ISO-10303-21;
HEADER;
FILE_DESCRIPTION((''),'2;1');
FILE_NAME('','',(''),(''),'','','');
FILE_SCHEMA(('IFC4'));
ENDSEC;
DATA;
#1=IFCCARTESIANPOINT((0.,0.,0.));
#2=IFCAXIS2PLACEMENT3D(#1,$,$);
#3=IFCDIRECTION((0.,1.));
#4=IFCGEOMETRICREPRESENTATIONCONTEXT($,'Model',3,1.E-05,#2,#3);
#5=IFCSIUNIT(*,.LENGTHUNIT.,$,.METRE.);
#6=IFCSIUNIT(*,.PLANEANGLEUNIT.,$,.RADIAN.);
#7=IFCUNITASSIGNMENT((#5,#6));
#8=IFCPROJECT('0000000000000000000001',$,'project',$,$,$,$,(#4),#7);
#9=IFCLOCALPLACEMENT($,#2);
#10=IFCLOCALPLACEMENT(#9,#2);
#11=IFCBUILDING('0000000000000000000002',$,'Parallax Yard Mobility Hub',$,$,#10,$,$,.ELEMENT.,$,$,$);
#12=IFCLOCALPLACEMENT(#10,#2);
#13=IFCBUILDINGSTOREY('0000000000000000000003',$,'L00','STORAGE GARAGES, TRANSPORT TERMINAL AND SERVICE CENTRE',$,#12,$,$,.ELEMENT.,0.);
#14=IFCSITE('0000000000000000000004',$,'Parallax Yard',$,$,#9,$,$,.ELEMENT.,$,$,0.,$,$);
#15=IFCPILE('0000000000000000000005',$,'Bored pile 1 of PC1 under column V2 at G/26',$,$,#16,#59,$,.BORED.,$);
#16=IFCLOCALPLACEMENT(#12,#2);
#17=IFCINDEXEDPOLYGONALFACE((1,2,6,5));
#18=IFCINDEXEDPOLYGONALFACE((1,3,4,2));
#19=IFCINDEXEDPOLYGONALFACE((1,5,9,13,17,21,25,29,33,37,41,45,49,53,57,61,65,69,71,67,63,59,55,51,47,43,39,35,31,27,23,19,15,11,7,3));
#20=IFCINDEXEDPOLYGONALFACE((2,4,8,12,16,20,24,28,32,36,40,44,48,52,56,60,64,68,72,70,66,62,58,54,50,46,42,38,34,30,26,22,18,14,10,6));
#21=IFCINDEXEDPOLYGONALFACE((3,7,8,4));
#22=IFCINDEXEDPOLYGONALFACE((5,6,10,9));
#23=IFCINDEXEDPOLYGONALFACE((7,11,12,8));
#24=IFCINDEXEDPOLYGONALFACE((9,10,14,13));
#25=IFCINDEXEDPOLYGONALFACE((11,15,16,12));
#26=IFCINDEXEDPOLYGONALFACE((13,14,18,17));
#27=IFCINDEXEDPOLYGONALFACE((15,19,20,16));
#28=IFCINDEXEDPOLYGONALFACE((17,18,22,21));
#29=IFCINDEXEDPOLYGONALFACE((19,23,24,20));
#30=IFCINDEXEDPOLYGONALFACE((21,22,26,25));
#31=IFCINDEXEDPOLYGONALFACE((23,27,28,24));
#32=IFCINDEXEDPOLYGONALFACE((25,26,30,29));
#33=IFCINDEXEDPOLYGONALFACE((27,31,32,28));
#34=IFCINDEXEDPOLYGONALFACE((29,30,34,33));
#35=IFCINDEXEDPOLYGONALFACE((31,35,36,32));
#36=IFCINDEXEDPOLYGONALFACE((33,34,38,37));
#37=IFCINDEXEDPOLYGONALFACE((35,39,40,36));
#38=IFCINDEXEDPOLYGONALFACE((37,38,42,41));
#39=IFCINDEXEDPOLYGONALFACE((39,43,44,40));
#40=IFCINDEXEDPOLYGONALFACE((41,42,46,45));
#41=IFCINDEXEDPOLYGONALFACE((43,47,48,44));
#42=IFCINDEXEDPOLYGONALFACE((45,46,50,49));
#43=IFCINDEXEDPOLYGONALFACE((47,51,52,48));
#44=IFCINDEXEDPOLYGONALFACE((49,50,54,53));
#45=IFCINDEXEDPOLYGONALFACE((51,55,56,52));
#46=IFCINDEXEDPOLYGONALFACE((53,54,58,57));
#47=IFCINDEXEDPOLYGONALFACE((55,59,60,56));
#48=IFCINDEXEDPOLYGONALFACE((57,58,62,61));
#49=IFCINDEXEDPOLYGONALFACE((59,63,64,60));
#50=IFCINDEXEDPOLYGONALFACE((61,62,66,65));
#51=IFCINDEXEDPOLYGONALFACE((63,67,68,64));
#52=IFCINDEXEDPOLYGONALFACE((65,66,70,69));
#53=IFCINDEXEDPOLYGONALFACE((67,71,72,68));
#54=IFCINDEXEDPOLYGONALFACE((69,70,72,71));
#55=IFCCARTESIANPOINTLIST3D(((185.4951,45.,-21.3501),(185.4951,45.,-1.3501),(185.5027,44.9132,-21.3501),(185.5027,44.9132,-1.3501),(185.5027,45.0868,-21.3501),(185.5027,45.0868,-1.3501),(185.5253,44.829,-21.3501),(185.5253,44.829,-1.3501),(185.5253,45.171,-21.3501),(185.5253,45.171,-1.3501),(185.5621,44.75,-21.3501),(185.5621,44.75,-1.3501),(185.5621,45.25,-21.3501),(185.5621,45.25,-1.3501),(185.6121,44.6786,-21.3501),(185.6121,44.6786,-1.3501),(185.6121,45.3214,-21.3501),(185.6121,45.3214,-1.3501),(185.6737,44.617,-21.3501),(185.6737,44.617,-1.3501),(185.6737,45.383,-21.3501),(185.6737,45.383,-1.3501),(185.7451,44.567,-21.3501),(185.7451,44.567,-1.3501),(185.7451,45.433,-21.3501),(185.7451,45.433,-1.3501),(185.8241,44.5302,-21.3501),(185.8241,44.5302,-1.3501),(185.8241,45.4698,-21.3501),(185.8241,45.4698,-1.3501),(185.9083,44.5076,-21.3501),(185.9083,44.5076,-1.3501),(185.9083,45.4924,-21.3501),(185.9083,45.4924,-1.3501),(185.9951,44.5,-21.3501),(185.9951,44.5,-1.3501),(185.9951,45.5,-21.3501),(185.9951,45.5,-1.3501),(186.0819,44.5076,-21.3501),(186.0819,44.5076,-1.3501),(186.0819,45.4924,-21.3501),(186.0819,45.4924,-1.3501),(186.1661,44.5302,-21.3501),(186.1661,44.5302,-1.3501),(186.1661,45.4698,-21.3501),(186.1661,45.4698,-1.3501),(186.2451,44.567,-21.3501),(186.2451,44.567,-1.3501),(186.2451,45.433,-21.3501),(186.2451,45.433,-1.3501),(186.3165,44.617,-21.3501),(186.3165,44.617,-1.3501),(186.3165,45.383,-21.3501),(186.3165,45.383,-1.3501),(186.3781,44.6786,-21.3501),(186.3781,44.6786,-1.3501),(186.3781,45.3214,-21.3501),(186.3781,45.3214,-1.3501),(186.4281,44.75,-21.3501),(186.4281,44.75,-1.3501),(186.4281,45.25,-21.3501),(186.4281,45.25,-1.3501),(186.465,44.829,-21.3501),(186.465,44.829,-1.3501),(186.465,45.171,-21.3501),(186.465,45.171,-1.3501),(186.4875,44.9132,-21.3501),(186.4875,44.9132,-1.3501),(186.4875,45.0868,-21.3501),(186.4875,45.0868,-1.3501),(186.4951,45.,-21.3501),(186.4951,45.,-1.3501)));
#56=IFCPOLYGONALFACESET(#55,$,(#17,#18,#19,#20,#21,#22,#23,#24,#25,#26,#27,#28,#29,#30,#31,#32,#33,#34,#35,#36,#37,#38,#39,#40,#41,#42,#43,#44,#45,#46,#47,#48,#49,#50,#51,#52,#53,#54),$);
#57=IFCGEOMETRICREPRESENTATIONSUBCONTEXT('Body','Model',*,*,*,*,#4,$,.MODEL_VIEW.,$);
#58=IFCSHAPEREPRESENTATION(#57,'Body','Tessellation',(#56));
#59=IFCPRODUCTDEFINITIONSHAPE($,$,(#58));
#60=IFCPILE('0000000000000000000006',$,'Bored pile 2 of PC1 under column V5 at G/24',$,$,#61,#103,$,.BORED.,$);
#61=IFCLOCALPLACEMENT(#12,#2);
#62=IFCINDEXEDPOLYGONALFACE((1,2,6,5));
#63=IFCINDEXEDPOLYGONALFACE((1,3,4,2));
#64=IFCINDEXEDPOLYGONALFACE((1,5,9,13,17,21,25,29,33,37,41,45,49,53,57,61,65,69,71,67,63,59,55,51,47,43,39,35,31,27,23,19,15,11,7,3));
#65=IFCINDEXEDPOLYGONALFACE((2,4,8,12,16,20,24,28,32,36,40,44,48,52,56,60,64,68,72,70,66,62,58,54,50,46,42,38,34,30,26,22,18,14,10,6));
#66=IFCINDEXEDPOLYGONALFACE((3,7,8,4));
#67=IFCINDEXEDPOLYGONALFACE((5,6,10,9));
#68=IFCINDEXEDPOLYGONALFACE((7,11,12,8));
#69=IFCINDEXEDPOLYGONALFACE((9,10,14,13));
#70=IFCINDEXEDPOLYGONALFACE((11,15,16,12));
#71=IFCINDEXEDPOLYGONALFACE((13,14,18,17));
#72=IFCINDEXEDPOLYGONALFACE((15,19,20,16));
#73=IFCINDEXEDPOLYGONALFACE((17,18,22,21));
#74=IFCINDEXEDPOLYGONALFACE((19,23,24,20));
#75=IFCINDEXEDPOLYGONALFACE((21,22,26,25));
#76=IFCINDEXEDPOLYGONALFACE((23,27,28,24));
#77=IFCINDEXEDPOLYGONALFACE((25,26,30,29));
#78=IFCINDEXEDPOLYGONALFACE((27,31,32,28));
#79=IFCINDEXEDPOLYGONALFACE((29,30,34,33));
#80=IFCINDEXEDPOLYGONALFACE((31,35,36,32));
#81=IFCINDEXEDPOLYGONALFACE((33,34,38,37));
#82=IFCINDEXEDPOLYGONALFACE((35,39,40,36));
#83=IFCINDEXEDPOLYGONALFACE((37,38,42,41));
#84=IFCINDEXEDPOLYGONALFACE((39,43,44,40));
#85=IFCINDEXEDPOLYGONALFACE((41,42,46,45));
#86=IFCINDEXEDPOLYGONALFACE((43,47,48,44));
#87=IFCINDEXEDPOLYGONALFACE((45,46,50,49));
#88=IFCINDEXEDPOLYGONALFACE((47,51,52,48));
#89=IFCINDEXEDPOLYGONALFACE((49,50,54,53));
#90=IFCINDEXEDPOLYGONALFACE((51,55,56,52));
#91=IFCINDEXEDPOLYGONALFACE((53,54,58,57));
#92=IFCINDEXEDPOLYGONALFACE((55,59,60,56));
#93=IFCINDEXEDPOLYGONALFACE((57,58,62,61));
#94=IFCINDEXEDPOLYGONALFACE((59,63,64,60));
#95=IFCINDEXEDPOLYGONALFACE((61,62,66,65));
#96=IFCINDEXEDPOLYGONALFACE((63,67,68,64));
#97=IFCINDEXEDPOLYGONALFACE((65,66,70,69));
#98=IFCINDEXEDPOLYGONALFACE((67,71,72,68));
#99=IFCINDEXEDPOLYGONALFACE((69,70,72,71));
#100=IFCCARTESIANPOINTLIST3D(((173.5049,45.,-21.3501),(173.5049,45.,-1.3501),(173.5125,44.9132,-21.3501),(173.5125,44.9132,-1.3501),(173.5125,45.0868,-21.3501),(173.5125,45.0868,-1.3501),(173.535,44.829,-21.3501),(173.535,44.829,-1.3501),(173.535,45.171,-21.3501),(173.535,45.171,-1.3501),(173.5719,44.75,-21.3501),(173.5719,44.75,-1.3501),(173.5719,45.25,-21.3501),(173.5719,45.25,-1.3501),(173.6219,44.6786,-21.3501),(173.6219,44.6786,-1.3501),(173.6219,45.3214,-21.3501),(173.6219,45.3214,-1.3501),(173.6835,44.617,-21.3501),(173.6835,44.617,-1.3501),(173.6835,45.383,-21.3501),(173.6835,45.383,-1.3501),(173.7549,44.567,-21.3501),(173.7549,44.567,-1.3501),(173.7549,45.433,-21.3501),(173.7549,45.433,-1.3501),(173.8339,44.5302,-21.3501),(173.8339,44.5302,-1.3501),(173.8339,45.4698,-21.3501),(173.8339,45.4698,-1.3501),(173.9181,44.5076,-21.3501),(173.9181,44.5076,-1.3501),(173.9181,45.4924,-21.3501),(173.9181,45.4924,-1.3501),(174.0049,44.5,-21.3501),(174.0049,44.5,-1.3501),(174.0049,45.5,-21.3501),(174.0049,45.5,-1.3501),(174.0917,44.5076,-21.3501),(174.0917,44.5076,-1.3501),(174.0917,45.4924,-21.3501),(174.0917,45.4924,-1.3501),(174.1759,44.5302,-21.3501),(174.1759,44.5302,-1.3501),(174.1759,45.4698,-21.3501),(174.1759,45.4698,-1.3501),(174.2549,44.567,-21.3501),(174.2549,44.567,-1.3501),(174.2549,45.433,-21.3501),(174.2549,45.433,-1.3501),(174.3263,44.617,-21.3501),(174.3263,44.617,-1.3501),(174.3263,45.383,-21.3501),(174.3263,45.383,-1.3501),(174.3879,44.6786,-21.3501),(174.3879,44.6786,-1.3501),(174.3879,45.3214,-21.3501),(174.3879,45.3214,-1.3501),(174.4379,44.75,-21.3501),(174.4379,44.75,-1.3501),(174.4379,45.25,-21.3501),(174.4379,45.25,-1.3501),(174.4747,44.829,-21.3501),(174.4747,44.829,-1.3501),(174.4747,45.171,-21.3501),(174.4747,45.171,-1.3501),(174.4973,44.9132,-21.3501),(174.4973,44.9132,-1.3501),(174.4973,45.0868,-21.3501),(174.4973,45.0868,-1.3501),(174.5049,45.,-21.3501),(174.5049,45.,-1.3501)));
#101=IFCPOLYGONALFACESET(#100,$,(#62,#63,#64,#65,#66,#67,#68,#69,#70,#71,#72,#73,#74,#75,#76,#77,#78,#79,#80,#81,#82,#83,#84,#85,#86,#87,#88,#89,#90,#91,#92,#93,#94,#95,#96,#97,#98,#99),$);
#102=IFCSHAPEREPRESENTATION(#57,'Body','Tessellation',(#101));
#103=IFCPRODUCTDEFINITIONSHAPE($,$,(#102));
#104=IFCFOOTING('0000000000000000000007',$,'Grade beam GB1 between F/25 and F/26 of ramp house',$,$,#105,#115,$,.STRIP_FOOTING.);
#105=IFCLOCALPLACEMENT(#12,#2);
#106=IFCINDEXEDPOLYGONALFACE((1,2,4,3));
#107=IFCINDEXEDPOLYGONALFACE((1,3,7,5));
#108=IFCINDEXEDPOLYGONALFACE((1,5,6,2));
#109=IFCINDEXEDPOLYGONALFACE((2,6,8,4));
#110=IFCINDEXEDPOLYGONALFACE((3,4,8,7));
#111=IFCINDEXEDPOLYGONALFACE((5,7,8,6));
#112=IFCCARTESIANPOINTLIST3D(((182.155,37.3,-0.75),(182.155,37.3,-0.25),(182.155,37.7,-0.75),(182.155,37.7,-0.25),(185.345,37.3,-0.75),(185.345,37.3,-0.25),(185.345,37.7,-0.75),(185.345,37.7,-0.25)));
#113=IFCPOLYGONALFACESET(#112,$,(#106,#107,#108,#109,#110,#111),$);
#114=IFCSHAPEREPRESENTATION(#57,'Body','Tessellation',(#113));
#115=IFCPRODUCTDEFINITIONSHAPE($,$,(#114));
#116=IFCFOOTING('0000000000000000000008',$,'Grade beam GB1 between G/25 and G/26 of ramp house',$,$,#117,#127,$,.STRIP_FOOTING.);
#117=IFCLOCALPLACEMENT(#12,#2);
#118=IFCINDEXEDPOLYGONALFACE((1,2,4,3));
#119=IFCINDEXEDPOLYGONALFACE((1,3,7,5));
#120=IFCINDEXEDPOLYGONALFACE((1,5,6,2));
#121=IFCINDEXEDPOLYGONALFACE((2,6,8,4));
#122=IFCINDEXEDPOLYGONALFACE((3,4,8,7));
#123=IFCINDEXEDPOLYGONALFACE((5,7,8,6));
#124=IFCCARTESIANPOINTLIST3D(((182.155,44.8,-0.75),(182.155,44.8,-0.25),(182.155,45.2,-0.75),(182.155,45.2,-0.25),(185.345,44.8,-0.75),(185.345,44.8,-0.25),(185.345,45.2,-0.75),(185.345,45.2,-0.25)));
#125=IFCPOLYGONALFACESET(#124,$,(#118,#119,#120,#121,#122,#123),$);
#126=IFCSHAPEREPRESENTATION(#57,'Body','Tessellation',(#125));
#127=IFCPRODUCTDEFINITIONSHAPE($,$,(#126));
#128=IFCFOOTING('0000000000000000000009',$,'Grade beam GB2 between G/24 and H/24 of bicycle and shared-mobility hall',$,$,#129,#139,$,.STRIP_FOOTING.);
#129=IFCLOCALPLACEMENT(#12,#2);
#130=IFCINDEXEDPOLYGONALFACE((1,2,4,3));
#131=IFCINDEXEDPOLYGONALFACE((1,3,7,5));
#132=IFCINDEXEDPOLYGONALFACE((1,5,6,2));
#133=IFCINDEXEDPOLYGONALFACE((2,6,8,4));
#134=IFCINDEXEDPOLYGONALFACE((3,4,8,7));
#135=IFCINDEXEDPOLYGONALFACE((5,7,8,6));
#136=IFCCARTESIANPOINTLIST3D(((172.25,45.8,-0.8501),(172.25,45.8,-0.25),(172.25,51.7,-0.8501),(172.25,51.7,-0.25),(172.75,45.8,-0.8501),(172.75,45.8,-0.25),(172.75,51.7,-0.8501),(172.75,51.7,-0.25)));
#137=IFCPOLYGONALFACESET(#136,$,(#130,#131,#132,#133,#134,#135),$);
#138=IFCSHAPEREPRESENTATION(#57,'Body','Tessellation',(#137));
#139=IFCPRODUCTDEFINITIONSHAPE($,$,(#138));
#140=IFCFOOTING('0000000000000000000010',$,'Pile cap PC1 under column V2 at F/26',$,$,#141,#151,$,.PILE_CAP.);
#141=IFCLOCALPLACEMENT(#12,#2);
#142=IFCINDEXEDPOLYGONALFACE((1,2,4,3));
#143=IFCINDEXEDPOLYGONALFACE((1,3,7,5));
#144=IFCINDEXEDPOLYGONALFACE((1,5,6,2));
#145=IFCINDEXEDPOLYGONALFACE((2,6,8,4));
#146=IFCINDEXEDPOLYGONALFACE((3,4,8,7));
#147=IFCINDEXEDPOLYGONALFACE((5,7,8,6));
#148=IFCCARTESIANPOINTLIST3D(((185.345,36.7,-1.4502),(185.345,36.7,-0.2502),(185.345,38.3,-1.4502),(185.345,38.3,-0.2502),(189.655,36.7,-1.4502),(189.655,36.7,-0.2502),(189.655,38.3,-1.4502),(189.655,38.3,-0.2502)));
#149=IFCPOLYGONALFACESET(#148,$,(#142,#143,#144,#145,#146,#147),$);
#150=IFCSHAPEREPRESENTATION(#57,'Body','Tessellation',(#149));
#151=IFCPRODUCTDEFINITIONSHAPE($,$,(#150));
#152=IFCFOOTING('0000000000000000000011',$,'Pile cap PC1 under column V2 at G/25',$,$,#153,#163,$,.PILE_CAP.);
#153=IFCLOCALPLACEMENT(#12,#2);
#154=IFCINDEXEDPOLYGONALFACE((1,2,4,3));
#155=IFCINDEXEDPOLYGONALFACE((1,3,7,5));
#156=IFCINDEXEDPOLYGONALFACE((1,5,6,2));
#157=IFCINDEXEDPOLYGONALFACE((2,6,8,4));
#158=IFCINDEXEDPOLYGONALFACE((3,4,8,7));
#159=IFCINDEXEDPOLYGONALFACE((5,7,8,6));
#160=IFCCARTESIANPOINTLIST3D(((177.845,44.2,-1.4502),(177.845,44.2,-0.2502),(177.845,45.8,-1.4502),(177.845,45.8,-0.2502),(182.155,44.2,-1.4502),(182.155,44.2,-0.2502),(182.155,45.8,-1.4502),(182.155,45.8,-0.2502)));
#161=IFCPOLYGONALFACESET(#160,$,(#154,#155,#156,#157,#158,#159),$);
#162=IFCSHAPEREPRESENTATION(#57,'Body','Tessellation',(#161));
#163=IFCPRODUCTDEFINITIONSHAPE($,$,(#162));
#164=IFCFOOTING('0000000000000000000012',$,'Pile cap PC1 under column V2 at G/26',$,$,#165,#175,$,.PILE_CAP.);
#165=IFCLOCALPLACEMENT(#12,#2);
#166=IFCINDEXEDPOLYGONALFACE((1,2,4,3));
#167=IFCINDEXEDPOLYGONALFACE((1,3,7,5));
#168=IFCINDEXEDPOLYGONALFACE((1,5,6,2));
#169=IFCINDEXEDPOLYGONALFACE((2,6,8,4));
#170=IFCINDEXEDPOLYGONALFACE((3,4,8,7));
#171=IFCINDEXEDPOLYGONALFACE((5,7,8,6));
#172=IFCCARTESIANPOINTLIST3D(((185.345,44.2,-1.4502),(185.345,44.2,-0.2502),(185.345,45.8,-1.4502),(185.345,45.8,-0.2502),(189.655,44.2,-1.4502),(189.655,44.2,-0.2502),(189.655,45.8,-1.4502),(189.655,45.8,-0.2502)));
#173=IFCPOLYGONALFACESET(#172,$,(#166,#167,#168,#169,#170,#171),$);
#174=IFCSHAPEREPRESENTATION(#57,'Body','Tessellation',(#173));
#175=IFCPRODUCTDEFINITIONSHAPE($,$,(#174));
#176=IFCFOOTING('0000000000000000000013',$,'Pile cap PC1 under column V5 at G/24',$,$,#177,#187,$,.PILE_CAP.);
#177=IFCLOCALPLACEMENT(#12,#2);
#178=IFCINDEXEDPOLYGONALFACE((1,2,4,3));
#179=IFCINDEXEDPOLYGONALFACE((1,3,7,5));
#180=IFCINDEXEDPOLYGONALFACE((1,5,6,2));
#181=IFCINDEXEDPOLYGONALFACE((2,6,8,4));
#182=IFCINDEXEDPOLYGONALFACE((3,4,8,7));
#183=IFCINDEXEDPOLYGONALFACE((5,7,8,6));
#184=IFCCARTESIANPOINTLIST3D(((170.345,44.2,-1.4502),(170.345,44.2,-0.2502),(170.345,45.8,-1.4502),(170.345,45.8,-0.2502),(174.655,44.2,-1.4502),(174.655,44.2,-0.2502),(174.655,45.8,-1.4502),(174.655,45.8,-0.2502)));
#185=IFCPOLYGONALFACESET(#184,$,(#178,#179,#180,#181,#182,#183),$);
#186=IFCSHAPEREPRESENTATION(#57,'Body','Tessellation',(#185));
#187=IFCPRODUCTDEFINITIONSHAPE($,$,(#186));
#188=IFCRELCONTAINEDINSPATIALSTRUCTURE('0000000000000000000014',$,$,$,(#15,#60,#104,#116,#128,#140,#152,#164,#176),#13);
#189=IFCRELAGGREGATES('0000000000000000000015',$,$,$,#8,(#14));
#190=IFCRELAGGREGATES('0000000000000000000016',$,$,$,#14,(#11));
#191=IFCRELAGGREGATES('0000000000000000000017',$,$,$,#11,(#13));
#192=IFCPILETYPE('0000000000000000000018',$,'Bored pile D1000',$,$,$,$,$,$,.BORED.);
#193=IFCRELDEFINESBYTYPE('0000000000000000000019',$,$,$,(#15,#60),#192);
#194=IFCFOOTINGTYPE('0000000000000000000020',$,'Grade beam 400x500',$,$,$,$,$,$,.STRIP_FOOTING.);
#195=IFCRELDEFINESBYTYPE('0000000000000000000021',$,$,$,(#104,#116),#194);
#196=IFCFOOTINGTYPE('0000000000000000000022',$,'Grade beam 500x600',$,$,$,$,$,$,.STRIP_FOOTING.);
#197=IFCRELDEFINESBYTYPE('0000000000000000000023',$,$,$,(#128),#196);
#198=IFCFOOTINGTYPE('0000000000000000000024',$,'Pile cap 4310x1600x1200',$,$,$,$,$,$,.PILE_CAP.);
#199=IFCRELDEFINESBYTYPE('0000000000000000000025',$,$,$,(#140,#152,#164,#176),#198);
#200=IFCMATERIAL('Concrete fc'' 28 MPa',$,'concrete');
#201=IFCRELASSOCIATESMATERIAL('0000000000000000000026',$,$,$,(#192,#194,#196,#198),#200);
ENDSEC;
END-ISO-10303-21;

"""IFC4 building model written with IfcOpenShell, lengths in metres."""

from ifc_helpers import new_model, si_unit, direction, frame, origin, origin_2d, place, context, subcontext, project, spatial, rectangle, circle, extrude, material, material_profile, profile_set, type_object, element, save


model = new_model("IFC4")

# Units and contexts
model_context = context("Model", 3, precision=1e-05, world=origin(), true_north=direction((0.0, 1.0)))
body_context = subcontext(model_context, "Body", "Model", "MODEL_VIEW")
ifc_project = project(units=[si_unit("LENGTHUNIT", "METRE"), si_unit("PLANEANGLEUNIT", "RADIAN")], contexts=[model_context])

# Site, building, storey
site_placement = place(None, origin())
site = spatial("IfcSite", under=ifc_project, at=site_placement, Name="Parallax Yard", CompositionType="ELEMENT", RefElevation=0.0)
building_placement = place(site_placement, origin())
building = spatial("IfcBuilding", under=site, at=building_placement, Name="Parallax Yard Mobility Hub", CompositionType="ELEMENT")
storey_placement = place(building_placement, origin())
storey = spatial("IfcBuildingStorey", under=building, at=storey_placement, Name="L00", Description="STORAGE GARAGES, TRANSPORT TERMINAL AND SERVICE CENTRE", CompositionType="ELEMENT", Elevation=0.0)

# Piles
ifc_material_1 = material(Name="Concrete fc' 28 MPa", Category="concrete")
ifc_material_profile_1 = material_profile(ifc_material_1, circle(Radius=0.5, at=origin_2d()), Name="Bored pile D1000")
ifc_profile_set_1 = profile_set([ifc_material_profile_1], Name="Concrete fc' 28 MPa")
pile_type = type_object("IfcPileType", Name="Bored pile D1000", PredefinedType="BORED", material=ifc_profile_set_1)
for number, where, z_axis, x_axis, name in (
    (1, (185.9951, 45.0, -1.3501), (0.0, 0.0, -1.0), (1.0, 0.0, 0.0), "Bored pile 1 of PC1 under column V2 at G/26"),
    (2, (174.0049, 45.0, -1.3501), (0.0, 0.0, -1.0), (1.0, 0.0, 0.0), "Bored pile 2 of PC1 under column V5 at G/24"),
):
    element("IfcPile", number, at=place(storey_placement, frame(where, z_axis=z_axis, x_axis=x_axis)), inside=storey, type_object=pile_type, Name=name, PredefinedType="BORED", context=body_context, shape_type="SweptSolid", body=[
        extrude(circle(Radius=0.5, at=origin_2d()), origin(), (0.0, 0.0, 1.0), 20.0),
    ])

# Footings
ifc_material_profile_2 = material_profile(ifc_material_1, rectangle(XDim=0.3999, YDim=0.5, at=origin_2d()), Name="Grade beam 400x500")
ifc_profile_set_2 = profile_set([ifc_material_profile_2], Name="Concrete fc' 28 MPa")
footing_type_1 = type_object("IfcFootingType", Name="Grade beam 400x500", PredefinedType="STRIP_FOOTING", material=ifc_profile_set_2)
for number, where, z_axis, x_axis, name in (
    (3, (182.155, 37.5, -0.5), (1.0, 0.0, 0.0), (0.0, 1.0, 0.0), "Grade beam GB1 between F/25 and F/26 of ramp house"),
    (4, (182.155, 45.0, -0.5), (1.0, 0.0, 0.0), (0.0, 1.0, 0.0), "Grade beam GB1 between G/25 and G/26 of ramp house"),
):
    element("IfcFooting", number, at=place(storey_placement, frame(where, z_axis=z_axis, x_axis=x_axis)), inside=storey, type_object=footing_type_1, Name=name, PredefinedType="STRIP_FOOTING", context=body_context, shape_type="SweptSolid", body=[
        extrude(rectangle(XDim=0.3999, YDim=0.5, at=origin_2d()), origin(), (0.0, 0.0, 1.0), 3.1899),
    ])
ifc_material_profile_3 = material_profile(ifc_material_1, rectangle(XDim=0.5, YDim=0.6001, at=origin_2d()), Name="Grade beam 500x600")
ifc_profile_set_3 = profile_set([ifc_material_profile_3], Name="Concrete fc' 28 MPa")
footing_type_2 = type_object("IfcFootingType", Name="Grade beam 500x600", PredefinedType="STRIP_FOOTING", material=ifc_profile_set_3)
footing_placement = place(storey_placement, frame((172.5, 45.8, -0.55), z_axis=(0.0, 1.0, 0.0), x_axis=(-1.0, 0.0, 0.0)))
element("IfcFooting", 5, at=footing_placement, inside=storey, type_object=footing_type_2, Name="Grade beam GB2 between G/24 and H/24 of bicycle and shared-mobility hall", PredefinedType="STRIP_FOOTING", context=body_context, shape_type="SweptSolid", body=[
    extrude(rectangle(XDim=0.5, YDim=0.6001, at=origin_2d()), origin(), (0.0, 0.0, 1.0), 5.8999),
])
footing_type_3 = type_object("IfcFootingType", Name="Pile cap 4310x1600x1200", PredefinedType="PILE_CAP", material=ifc_material_1)
for number, where, z_axis, x_axis, name in (
    (6, (187.5, 37.5, -1.4502), (0.0, 0.0, 1.0), (1.0, 0.0, 0.0), "Pile cap PC1 under column V2 at F/26"),
    (7, (180.0, 45.0, -1.4502), (0.0, 0.0, 1.0), (1.0, 0.0, 0.0), "Pile cap PC1 under column V2 at G/25"),
    (8, (187.5, 45.0, -1.4502), (0.0, 0.0, 1.0), (1.0, 0.0, 0.0), "Pile cap PC1 under column V2 at G/26"),
    (9, (172.5, 45.0, -1.4502), (0.0, 0.0, 1.0), (1.0, 0.0, 0.0), "Pile cap PC1 under column V5 at G/24"),
):
    element("IfcFooting", number, at=place(storey_placement, frame(where, z_axis=z_axis, x_axis=x_axis)), inside=storey, type_object=footing_type_3, Name=name, PredefinedType="PILE_CAP", context=body_context, shape_type="SweptSolid", body=[
        extrude(rectangle(XDim=4.3101, YDim=1.6001, at=origin_2d()), origin(), (0.0, 0.0, 1.0), 1.2),
    ])

save(model, "model.ifc")
